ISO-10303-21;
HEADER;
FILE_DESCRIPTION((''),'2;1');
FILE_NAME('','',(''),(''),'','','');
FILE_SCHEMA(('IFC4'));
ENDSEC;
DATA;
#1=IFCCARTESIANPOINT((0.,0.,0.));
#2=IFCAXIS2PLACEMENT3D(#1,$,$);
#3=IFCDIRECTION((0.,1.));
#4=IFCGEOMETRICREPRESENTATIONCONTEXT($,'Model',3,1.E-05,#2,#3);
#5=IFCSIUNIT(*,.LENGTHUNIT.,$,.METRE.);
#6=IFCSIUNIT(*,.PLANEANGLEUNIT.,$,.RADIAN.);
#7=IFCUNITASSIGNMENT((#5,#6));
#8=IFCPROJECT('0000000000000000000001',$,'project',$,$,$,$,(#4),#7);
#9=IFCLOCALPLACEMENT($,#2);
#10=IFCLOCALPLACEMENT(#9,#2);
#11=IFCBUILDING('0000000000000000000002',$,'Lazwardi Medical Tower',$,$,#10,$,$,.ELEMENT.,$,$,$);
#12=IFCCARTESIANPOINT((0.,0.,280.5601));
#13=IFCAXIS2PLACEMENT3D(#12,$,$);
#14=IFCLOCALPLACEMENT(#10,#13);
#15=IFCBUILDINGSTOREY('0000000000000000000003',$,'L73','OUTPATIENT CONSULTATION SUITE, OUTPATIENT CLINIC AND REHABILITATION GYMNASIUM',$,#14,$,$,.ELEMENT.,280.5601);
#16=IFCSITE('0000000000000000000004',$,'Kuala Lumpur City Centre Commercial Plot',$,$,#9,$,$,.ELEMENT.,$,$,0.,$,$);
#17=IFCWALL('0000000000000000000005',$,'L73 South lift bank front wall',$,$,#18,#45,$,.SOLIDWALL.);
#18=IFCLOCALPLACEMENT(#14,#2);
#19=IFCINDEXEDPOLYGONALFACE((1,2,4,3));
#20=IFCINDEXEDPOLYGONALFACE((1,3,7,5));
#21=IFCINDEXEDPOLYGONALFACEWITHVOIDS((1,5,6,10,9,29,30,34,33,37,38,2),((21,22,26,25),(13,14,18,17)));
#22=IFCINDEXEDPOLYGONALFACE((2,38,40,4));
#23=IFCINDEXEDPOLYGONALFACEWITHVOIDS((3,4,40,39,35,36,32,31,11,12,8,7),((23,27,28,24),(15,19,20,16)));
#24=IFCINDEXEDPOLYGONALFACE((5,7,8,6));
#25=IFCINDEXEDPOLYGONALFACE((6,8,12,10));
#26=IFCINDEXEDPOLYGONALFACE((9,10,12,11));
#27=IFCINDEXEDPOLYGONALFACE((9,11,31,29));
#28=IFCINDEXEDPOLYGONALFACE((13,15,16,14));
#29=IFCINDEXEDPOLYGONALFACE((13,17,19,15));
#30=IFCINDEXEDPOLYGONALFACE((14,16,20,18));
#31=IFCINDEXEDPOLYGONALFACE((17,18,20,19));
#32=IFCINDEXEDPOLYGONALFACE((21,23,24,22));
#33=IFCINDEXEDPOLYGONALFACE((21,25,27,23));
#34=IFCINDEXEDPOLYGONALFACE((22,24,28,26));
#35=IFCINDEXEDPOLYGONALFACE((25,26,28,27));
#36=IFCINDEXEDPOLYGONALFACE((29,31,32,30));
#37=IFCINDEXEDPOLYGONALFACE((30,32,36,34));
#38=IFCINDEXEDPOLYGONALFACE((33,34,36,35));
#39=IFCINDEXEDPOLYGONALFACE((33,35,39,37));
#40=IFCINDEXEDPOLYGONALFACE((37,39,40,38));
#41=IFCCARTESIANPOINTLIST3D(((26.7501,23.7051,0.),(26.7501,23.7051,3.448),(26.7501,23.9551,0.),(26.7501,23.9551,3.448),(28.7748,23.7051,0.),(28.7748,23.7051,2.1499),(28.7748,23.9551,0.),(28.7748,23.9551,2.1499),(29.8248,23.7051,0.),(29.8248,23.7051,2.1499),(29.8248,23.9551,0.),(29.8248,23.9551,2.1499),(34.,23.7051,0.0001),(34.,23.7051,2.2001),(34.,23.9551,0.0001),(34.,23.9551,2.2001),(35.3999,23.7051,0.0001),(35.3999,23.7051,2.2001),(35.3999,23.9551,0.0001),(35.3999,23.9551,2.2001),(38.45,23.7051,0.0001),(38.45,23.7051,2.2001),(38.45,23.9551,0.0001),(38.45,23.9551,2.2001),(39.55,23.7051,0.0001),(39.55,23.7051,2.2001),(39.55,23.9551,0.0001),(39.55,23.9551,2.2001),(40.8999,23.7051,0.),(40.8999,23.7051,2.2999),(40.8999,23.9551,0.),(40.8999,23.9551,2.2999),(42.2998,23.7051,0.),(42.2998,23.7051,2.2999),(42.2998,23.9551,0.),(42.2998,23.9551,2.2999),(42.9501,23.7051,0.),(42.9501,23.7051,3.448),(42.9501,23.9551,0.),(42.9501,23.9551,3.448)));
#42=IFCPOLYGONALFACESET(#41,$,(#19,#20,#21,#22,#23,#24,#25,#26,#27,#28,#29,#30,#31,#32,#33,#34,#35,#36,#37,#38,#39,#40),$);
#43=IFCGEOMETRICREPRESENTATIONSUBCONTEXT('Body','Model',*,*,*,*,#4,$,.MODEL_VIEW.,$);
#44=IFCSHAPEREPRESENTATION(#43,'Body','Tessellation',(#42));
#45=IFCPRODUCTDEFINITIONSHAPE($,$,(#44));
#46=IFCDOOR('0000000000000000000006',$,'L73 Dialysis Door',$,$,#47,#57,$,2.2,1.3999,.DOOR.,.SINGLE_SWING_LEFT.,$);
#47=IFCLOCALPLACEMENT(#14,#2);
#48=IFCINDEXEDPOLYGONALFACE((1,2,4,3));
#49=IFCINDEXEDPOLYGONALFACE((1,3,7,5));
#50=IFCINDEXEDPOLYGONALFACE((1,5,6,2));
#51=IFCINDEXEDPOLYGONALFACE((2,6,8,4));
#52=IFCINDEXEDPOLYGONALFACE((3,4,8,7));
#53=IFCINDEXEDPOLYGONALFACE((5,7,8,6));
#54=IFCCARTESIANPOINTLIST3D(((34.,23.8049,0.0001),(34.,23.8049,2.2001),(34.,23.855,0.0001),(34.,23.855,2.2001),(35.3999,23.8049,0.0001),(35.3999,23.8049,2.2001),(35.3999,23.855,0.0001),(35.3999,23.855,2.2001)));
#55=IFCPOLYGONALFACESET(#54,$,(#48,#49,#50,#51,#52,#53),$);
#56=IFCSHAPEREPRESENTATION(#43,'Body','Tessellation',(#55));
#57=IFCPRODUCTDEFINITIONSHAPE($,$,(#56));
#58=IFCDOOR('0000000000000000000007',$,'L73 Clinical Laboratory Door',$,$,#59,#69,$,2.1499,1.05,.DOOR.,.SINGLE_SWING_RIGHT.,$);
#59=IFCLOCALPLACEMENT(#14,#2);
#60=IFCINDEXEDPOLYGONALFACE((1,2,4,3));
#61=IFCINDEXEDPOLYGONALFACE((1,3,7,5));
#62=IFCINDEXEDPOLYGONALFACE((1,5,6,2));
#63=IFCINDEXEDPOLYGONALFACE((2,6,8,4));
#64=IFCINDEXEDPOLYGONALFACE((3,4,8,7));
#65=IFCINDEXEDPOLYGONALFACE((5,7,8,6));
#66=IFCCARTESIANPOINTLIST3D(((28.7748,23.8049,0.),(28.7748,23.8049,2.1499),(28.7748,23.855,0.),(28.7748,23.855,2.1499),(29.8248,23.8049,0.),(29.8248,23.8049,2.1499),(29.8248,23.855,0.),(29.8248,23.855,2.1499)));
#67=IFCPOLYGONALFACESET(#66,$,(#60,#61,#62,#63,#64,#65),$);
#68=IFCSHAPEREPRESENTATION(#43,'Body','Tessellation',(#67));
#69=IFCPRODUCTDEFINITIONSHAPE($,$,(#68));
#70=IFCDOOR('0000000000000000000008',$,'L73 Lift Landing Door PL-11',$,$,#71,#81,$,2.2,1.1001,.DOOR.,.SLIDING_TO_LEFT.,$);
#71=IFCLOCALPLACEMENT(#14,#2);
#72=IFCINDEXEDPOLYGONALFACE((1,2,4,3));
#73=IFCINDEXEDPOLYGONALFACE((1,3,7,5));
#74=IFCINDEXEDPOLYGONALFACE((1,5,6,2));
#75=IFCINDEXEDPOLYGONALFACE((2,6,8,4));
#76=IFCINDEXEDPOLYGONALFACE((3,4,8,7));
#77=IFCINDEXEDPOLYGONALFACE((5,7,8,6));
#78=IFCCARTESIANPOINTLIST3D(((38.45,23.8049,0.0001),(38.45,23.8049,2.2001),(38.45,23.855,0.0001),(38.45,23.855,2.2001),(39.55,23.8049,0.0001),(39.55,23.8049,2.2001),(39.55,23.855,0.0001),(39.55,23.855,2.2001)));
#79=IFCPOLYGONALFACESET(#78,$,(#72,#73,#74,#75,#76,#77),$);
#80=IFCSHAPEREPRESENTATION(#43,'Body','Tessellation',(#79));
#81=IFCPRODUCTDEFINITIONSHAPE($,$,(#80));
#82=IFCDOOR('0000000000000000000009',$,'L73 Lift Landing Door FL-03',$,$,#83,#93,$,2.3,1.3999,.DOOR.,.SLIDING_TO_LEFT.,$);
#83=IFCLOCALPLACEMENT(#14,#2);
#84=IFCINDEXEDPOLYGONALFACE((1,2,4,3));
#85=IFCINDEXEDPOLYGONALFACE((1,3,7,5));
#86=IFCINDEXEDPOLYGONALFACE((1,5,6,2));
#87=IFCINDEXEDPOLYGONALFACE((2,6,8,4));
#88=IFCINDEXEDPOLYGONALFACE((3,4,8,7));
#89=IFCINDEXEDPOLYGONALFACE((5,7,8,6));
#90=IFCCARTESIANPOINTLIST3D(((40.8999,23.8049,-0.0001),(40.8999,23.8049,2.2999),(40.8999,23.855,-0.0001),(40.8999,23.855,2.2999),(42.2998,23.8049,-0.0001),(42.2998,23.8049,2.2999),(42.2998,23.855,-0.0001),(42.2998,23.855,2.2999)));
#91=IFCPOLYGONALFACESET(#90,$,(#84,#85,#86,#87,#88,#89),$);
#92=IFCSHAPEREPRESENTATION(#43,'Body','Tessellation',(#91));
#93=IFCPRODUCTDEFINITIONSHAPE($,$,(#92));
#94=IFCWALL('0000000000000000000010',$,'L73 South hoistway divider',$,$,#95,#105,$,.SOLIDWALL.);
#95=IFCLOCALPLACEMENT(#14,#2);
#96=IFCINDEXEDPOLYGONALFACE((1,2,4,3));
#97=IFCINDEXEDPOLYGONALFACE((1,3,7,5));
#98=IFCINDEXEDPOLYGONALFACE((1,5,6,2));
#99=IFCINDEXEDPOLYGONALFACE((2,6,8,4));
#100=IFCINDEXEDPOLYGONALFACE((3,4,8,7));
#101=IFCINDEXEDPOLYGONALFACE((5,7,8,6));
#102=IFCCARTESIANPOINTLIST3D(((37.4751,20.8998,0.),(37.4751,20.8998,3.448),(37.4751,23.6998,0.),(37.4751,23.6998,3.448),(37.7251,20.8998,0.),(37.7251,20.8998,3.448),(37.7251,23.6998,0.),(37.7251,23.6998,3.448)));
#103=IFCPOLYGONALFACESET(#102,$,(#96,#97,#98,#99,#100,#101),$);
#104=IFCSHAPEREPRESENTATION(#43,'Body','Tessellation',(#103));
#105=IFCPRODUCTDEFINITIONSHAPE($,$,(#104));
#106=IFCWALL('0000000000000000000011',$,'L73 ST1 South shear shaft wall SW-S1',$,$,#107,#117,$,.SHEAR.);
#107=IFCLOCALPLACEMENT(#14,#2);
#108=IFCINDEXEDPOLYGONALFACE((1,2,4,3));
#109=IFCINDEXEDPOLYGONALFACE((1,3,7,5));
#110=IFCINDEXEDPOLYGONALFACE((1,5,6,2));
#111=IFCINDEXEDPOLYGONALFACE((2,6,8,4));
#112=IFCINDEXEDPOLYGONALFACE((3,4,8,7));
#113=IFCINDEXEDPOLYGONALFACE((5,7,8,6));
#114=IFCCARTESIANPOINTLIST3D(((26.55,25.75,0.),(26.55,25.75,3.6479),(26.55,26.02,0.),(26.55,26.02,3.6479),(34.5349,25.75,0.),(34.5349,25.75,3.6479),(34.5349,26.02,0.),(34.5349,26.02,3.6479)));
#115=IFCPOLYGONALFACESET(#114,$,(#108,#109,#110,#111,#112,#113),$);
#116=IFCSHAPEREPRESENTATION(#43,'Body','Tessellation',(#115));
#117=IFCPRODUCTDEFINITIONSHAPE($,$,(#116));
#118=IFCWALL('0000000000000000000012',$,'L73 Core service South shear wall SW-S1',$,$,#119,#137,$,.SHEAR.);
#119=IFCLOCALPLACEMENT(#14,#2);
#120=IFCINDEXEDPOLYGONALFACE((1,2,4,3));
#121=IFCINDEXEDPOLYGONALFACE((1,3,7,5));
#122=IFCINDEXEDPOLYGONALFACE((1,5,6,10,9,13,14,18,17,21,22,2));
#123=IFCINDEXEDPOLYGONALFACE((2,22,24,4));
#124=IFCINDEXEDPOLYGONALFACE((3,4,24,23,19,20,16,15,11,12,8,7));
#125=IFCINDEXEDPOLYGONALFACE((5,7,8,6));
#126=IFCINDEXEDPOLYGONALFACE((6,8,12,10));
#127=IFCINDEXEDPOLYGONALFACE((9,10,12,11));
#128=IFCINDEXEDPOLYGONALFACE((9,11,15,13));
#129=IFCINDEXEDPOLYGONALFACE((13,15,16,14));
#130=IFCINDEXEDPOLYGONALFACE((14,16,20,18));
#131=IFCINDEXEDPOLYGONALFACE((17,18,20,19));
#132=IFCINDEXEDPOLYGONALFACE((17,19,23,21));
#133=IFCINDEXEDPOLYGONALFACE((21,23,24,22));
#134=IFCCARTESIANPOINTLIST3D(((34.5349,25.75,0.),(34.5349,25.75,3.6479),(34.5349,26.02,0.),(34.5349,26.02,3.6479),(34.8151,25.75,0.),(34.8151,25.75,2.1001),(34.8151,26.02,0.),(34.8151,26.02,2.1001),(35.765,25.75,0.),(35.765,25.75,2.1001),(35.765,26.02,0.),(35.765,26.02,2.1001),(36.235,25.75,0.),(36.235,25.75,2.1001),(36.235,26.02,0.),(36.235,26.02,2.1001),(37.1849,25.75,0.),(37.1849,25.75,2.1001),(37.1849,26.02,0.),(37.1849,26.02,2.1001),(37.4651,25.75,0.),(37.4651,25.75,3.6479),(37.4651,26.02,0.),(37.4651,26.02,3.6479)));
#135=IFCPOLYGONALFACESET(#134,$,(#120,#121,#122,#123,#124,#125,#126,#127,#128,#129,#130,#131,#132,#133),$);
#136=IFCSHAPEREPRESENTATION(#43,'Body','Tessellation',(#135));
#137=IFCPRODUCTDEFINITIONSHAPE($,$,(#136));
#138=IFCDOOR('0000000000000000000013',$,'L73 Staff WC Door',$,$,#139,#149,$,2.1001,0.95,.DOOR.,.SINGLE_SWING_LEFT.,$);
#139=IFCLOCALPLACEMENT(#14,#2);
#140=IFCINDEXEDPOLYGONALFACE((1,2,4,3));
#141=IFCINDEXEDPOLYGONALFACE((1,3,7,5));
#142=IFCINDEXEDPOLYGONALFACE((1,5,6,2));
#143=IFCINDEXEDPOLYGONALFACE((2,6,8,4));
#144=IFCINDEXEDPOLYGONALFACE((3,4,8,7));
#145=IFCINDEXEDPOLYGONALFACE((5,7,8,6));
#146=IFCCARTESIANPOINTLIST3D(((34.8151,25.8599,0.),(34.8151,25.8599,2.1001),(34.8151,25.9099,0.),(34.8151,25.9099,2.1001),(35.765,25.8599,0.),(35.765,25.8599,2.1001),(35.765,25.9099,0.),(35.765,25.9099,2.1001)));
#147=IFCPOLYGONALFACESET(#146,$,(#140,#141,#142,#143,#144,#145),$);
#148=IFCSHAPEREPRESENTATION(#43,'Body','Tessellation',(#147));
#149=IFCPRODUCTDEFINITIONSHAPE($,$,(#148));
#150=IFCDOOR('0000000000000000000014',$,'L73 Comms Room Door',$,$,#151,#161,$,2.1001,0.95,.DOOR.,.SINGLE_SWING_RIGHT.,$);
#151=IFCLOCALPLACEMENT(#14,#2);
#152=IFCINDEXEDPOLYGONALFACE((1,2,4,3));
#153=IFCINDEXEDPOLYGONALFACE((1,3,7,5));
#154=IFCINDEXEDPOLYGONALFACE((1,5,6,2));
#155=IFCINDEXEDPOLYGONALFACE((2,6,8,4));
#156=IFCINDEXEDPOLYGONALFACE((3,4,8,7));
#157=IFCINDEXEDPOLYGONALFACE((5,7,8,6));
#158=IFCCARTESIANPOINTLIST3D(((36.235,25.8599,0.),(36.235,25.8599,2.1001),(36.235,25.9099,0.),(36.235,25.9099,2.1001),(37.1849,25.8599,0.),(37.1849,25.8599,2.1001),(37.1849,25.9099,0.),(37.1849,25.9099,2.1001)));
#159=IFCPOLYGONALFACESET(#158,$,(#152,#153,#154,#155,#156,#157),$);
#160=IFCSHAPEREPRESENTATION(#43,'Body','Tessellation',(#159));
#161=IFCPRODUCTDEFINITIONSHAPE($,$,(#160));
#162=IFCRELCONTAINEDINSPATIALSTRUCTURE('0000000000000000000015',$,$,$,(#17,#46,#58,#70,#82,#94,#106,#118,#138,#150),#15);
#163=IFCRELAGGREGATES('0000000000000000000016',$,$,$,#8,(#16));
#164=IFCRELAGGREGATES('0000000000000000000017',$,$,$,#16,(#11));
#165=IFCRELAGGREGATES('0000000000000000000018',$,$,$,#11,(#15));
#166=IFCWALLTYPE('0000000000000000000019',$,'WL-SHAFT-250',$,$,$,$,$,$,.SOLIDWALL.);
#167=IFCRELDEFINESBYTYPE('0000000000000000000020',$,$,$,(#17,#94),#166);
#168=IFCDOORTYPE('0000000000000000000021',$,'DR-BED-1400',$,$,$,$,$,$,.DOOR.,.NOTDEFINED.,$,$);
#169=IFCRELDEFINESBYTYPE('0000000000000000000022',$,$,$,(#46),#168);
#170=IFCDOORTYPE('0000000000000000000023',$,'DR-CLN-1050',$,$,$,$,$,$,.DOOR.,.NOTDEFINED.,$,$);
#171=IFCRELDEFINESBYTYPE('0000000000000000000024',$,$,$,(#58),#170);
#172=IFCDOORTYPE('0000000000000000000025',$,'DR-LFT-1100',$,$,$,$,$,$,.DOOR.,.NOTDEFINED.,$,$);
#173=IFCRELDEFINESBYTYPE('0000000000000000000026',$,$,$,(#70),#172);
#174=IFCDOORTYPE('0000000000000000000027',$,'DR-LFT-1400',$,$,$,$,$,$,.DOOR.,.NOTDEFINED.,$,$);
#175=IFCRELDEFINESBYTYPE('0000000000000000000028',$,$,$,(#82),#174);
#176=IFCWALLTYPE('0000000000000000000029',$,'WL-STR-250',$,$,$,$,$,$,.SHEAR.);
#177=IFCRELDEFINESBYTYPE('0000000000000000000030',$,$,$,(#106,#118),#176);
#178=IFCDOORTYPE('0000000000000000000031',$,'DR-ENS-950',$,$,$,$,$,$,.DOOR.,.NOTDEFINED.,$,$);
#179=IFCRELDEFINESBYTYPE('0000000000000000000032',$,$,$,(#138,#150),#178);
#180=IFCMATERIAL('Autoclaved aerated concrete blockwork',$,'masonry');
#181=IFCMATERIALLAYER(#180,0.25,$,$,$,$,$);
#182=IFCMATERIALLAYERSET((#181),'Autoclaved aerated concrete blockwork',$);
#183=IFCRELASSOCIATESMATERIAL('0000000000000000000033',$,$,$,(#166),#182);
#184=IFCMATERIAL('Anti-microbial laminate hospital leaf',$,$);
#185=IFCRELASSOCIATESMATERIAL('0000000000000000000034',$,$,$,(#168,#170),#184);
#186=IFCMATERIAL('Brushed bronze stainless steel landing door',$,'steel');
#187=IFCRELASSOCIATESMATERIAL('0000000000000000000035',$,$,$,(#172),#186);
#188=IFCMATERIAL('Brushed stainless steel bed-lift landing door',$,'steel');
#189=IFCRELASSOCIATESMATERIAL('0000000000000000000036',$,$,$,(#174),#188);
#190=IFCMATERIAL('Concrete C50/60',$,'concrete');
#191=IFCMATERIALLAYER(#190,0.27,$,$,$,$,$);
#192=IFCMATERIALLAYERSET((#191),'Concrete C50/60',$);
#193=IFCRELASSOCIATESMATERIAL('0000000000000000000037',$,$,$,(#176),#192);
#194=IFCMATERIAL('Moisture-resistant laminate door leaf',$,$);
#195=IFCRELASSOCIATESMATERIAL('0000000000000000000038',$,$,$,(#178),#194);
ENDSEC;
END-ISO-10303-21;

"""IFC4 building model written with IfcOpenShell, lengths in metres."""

from ifc_helpers import new_model, si_unit, direction, frame, frame_2d, origin, place, context, subcontext, project, spatial, rectangle, extrude, material, layer, layer_set, type_object, element, fill, save


model = new_model("IFC4")

# Units and contexts
model_context = context("Model", 3, precision=1e-05, world=origin(), true_north=direction((0.0, 1.0)))
body_context = subcontext(model_context, "Body", "Model", "MODEL_VIEW")
ifc_project = project(units=[si_unit("LENGTHUNIT", "METRE"), si_unit("PLANEANGLEUNIT", "RADIAN")], contexts=[model_context])

# Site, building, storey
site_placement = place(None, origin())
site = spatial("IfcSite", under=ifc_project, at=site_placement, Name="Kuala Lumpur City Centre Commercial Plot", CompositionType="ELEMENT", RefElevation=0.0)
building_placement = place(site_placement, origin())
building = spatial("IfcBuilding", under=site, at=building_placement, Name="Lazwardi Medical Tower", CompositionType="ELEMENT")
storey_placement = place(building_placement, frame((0.0, 0.0, 280.5601)))
storey = spatial("IfcBuildingStorey", under=building, at=storey_placement, Name="L73", Description="OUTPATIENT CONSULTATION SUITE, OUTPATIENT CLINIC AND REHABILITATION GYMNASIUM", CompositionType="ELEMENT", Elevation=280.5601)

# Wall, openings, doors
ifc_material_1 = material(Name="Autoclaved aerated concrete blockwork", Category="masonry")
ifc_layer_1 = layer(ifc_material_1, 0.25)
ifc_layer_set_1 = layer_set([ifc_layer_1], Name="Autoclaved aerated concrete blockwork")
wall_type_1 = type_object("IfcWallType", Name="WL-SHAFT-250", PredefinedType="SOLIDWALL", material=ifc_layer_set_1)
wall_1_placement = place(storey_placement, frame((26.75, 23.8301, 0.0), z_axis=(0.0, 0.0, 1.0), x_axis=(1.0, 0.0, 0.0)))
wall_1 = element("IfcWall", 1, at=wall_1_placement, inside=storey, type_object=wall_type_1, Name="L73 South lift bank front wall", PredefinedType="SOLIDWALL", context=body_context, shape_type="SweptSolid", body=[
    extrude(rectangle(XDim=16.2, YDim=0.25, at=frame_2d((8.1001, 0.0))), origin(), (0.0, 0.0, 1.0), 3.448),
])
opening_1_placement = place(wall_1_placement, frame((2.0249, 0.0, 0.0)))
opening_1 = element("IfcOpeningElement", 2, at=opening_1_placement, cuts=wall_1, PredefinedType="OPENING", context=body_context, shape_type="SweptSolid", body=[
    extrude(rectangle(XDim=1.05, YDim=2.1499, at=frame_2d((0.5249, 1.075))), frame((0.0, 0.135, 0.0), z_axis=(0.0, -1.0, 0.0), x_axis=(1.0, 0.0, 0.0)), (0.0, 0.0, 1.0), 0.27),
])
opening_2_placement = place(wall_1_placement, frame((7.25, 0.0, 0.0)))
opening_2 = element("IfcOpeningElement", 3, at=opening_2_placement, cuts=wall_1, PredefinedType="OPENING", context=body_context, shape_type="SweptSolid", body=[
    extrude(rectangle(XDim=1.3999, YDim=2.2, at=frame_2d((0.7, 1.1001))), frame((0.0, 0.135, 0.0), z_axis=(0.0, -1.0, 0.0), x_axis=(1.0, 0.0, 0.0)), (0.0, 0.0, 1.0), 0.27),
])
opening_3_placement = place(wall_1_placement, frame((11.7, 0.0, 0.0)))
opening_3 = element("IfcOpeningElement", 4, at=opening_3_placement, cuts=wall_1, PredefinedType="OPENING", context=body_context, shape_type="SweptSolid", body=[
    extrude(rectangle(XDim=1.1001, YDim=2.2, at=frame_2d((0.55, 1.1001))), frame((0.0, 0.135, 0.0), z_axis=(0.0, -1.0, 0.0), x_axis=(1.0, 0.0, 0.0)), (0.0, 0.0, 1.0), 0.27),
])
opening_4_placement = place(wall_1_placement, frame((14.1499, 0.0, 0.0)))
opening_4 = element("IfcOpeningElement", 5, at=opening_4_placement, cuts=wall_1, PredefinedType="OPENING", context=body_context, shape_type="SweptSolid", body=[
    extrude(rectangle(XDim=1.3999, YDim=2.3, at=frame_2d((0.7, 1.1499))), frame((0.0, 0.135, 0.0), z_axis=(0.0, -1.0, 0.0), x_axis=(1.0, 0.0, 0.0)), (0.0, 0.0, 1.0), 0.27),
])
ifc_material_2 = material(Name="Anti-microbial laminate hospital leaf")
door_type_1 = type_object("IfcDoorType", Name="DR-BED-1400", OperationType="NOTDEFINED", PredefinedType="DOOR", material=ifc_material_2)
door_1_placement = place(opening_2_placement, origin())
door_1 = element("IfcDoor", 6, at=door_1_placement, inside=storey, type_object=door_type_1, Name="L73 Dialysis Door", OperationType="SINGLE_SWING_LEFT", OverallHeight=2.2, OverallWidth=1.3999, PredefinedType="DOOR", context=body_context, shape_type="SweptSolid", body=[
    extrude(rectangle(XDim=1.3999, YDim=2.2, at=frame_2d((0.7, 1.1001))), frame((0.0, 0.0249, 0.0), z_axis=(0.0, -1.0, 0.0), x_axis=(1.0, 0.0, 0.0)), (0.0, 0.0, 1.0), 0.05),
])
fill(opening_2, door_1)
door_type_2 = type_object("IfcDoorType", Name="DR-CLN-1050", OperationType="NOTDEFINED", PredefinedType="DOOR", material=ifc_material_2)
door_2_placement = place(opening_1_placement, origin())
door_2 = element("IfcDoor", 7, at=door_2_placement, inside=storey, type_object=door_type_2, Name="L73 Clinical Laboratory Door", OperationType="SINGLE_SWING_RIGHT", OverallHeight=2.1499, OverallWidth=1.05, PredefinedType="DOOR", context=body_context, shape_type="SweptSolid", body=[
    extrude(rectangle(XDim=1.05, YDim=2.1499, at=frame_2d((0.5249, 1.075))), frame((0.0, 0.0249, 0.0), z_axis=(0.0, -1.0, 0.0), x_axis=(1.0, 0.0, 0.0)), (0.0, 0.0, 1.0), 0.05),
])
fill(opening_1, door_2)
ifc_material_3 = material(Name="Brushed bronze stainless steel landing door", Category="steel")
door_type_3 = type_object("IfcDoorType", Name="DR-LFT-1100", OperationType="NOTDEFINED", PredefinedType="DOOR", material=ifc_material_3)
door_3_placement = place(opening_3_placement, origin())
door_3 = element("IfcDoor", 8, at=door_3_placement, inside=storey, type_object=door_type_3, Name="L73 Lift Landing Door PL-11", OperationType="SLIDING_TO_LEFT", OverallHeight=2.2, OverallWidth=1.1001, PredefinedType="DOOR", context=body_context, shape_type="SweptSolid", body=[
    extrude(rectangle(XDim=1.1001, YDim=2.2, at=frame_2d((0.55, 1.1001))), frame((0.0, 0.0249, 0.0), z_axis=(0.0, -1.0, 0.0), x_axis=(1.0, 0.0, 0.0)), (0.0, 0.0, 1.0), 0.05),
])
fill(opening_3, door_3)
ifc_material_4 = material(Name="Brushed stainless steel bed-lift landing door", Category="steel")
door_type_4 = type_object("IfcDoorType", Name="DR-LFT-1400", OperationType="NOTDEFINED", PredefinedType="DOOR", material=ifc_material_4)
door_4_placement = place(opening_4_placement, origin())
door_4 = element("IfcDoor", 9, at=door_4_placement, inside=storey, type_object=door_type_4, Name="L73 Lift Landing Door FL-03", OperationType="SLIDING_TO_LEFT", OverallHeight=2.3, OverallWidth=1.3999, PredefinedType="DOOR", context=body_context, shape_type="SweptSolid", body=[
    extrude(rectangle(XDim=1.3999, YDim=2.3, at=frame_2d((0.7, 1.1499))), frame((0.0, 0.0249, 0.0), z_axis=(0.0, -1.0, 0.0), x_axis=(1.0, 0.0, 0.0)), (0.0, 0.0, 1.0), 0.05),
])
fill(opening_4, door_4)

# Walls
wall_2_placement = place(storey_placement, frame((37.6001, 20.8999, 0.0), z_axis=(0.0, 0.0, 1.0), x_axis=(0.0, 1.0, 0.0)))
element("IfcWall", 10, at=wall_2_placement, inside=storey, type_object=wall_type_1, Name="L73 South hoistway divider", PredefinedType="SOLIDWALL", context=body_context, shape_type="SweptSolid", body=[
    extrude(rectangle(XDim=2.8, YDim=0.25, at=frame_2d((1.3999, 0.0))), origin(), (0.0, 0.0, 1.0), 3.448),
])
ifc_material_5 = material(Name="Concrete C50/60", Category="concrete")
ifc_layer_2 = layer(ifc_material_5, 0.27)
ifc_layer_set_2 = layer_set([ifc_layer_2], Name="Concrete C50/60")
wall_type_2 = type_object("IfcWallType", Name="WL-STR-250", PredefinedType="SHEAR", material=ifc_layer_set_2)
wall_3_placement = place(storey_placement, frame((26.55, 25.885, 0.0), z_axis=(0.0, 0.0, 1.0), x_axis=(1.0, 0.0, 0.0)))
element("IfcWall", 11, at=wall_3_placement, inside=storey, type_object=wall_type_2, Name="L73 ST1 South shear shaft wall SW-S1", PredefinedType="SHEAR", context=body_context, shape_type="SweptSolid", body=[
    extrude(rectangle(XDim=7.9849, YDim=0.27, at=frame_2d((3.9924, 0.0))), origin(), (0.0, 0.0, 1.0), 3.6479),
])

# Wall, openings, doors
wall_4_placement = place(storey_placement, frame((34.5349, 25.885, 0.0), z_axis=(0.0, 0.0, 1.0), x_axis=(1.0, 0.0, 0.0)))
wall_4 = element("IfcWall", 12, at=wall_4_placement, inside=storey, type_object=wall_type_2, Name="L73 Core service South shear wall SW-S1", PredefinedType="SHEAR", context=body_context, shape_type="SweptSolid", body=[
    extrude(rectangle(XDim=2.9302, YDim=0.27, at=frame_2d((1.4651, 0.0))), origin(), (0.0, 0.0, 1.0), 3.6479),
])
opening_5_placement = place(wall_4_placement, frame((0.28, 0.0, 0.0)))
opening_5 = element("IfcOpeningElement", 13, at=opening_5_placement, cuts=wall_4, PredefinedType="OPENING", context=body_context, shape_type="SweptSolid", body=[
    extrude(rectangle(XDim=0.95, YDim=2.1001, at=frame_2d((0.4751, 1.05))), frame((0.0, 0.145, 0.0), z_axis=(0.0, -1.0, 0.0), x_axis=(1.0, 0.0, 0.0)), (0.0, 0.0, 1.0), 0.29),
])
opening_6_placement = place(wall_4_placement, frame((1.7, 0.0, 0.0)))
opening_6 = element("IfcOpeningElement", 14, at=opening_6_placement, cuts=wall_4, PredefinedType="OPENING", context=body_context, shape_type="SweptSolid", body=[
    extrude(rectangle(XDim=0.95, YDim=2.1001, at=frame_2d((0.4751, 1.05))), frame((0.0, 0.145, 0.0), z_axis=(0.0, -1.0, 0.0), x_axis=(1.0, 0.0, 0.0)), (0.0, 0.0, 1.0), 0.29),
])
ifc_material_6 = material(Name="Moisture-resistant laminate door leaf")
door_type_5 = type_object("IfcDoorType", Name="DR-ENS-950", OperationType="NOTDEFINED", PredefinedType="DOOR", material=ifc_material_6)
door_5_placement = place(opening_5_placement, origin())
door_5 = element("IfcDoor", 15, at=door_5_placement, inside=storey, type_object=door_type_5, Name="L73 Staff WC Door", OperationType="SINGLE_SWING_LEFT", OverallHeight=2.1001, OverallWidth=0.95, PredefinedType="DOOR", context=body_context, shape_type="SweptSolid", body=[
    extrude(rectangle(XDim=0.95, YDim=2.1001, at=frame_2d((0.4751, 1.05))), frame((0.0, 0.0249, 0.0), z_axis=(0.0, -1.0, 0.0), x_axis=(1.0, 0.0, 0.0)), (0.0, 0.0, 1.0), 0.05),
])
fill(opening_5, door_5)
door_6_placement = place(opening_6_placement, origin())
door_6 = element("IfcDoor", 16, at=door_6_placement, inside=storey, type_object=door_type_5, Name="L73 Comms Room Door", OperationType="SINGLE_SWING_RIGHT", OverallHeight=2.1001, OverallWidth=0.95, PredefinedType="DOOR", context=body_context, shape_type="SweptSolid", body=[
    extrude(rectangle(XDim=0.95, YDim=2.1001, at=frame_2d((0.4751, 1.05))), frame((0.0, 0.0249, 0.0), z_axis=(0.0, -1.0, 0.0), x_axis=(1.0, 0.0, 0.0)), (0.0, 0.0, 1.0), 0.05),
])
fill(opening_6, door_6)

save(model, "model.ifc")
